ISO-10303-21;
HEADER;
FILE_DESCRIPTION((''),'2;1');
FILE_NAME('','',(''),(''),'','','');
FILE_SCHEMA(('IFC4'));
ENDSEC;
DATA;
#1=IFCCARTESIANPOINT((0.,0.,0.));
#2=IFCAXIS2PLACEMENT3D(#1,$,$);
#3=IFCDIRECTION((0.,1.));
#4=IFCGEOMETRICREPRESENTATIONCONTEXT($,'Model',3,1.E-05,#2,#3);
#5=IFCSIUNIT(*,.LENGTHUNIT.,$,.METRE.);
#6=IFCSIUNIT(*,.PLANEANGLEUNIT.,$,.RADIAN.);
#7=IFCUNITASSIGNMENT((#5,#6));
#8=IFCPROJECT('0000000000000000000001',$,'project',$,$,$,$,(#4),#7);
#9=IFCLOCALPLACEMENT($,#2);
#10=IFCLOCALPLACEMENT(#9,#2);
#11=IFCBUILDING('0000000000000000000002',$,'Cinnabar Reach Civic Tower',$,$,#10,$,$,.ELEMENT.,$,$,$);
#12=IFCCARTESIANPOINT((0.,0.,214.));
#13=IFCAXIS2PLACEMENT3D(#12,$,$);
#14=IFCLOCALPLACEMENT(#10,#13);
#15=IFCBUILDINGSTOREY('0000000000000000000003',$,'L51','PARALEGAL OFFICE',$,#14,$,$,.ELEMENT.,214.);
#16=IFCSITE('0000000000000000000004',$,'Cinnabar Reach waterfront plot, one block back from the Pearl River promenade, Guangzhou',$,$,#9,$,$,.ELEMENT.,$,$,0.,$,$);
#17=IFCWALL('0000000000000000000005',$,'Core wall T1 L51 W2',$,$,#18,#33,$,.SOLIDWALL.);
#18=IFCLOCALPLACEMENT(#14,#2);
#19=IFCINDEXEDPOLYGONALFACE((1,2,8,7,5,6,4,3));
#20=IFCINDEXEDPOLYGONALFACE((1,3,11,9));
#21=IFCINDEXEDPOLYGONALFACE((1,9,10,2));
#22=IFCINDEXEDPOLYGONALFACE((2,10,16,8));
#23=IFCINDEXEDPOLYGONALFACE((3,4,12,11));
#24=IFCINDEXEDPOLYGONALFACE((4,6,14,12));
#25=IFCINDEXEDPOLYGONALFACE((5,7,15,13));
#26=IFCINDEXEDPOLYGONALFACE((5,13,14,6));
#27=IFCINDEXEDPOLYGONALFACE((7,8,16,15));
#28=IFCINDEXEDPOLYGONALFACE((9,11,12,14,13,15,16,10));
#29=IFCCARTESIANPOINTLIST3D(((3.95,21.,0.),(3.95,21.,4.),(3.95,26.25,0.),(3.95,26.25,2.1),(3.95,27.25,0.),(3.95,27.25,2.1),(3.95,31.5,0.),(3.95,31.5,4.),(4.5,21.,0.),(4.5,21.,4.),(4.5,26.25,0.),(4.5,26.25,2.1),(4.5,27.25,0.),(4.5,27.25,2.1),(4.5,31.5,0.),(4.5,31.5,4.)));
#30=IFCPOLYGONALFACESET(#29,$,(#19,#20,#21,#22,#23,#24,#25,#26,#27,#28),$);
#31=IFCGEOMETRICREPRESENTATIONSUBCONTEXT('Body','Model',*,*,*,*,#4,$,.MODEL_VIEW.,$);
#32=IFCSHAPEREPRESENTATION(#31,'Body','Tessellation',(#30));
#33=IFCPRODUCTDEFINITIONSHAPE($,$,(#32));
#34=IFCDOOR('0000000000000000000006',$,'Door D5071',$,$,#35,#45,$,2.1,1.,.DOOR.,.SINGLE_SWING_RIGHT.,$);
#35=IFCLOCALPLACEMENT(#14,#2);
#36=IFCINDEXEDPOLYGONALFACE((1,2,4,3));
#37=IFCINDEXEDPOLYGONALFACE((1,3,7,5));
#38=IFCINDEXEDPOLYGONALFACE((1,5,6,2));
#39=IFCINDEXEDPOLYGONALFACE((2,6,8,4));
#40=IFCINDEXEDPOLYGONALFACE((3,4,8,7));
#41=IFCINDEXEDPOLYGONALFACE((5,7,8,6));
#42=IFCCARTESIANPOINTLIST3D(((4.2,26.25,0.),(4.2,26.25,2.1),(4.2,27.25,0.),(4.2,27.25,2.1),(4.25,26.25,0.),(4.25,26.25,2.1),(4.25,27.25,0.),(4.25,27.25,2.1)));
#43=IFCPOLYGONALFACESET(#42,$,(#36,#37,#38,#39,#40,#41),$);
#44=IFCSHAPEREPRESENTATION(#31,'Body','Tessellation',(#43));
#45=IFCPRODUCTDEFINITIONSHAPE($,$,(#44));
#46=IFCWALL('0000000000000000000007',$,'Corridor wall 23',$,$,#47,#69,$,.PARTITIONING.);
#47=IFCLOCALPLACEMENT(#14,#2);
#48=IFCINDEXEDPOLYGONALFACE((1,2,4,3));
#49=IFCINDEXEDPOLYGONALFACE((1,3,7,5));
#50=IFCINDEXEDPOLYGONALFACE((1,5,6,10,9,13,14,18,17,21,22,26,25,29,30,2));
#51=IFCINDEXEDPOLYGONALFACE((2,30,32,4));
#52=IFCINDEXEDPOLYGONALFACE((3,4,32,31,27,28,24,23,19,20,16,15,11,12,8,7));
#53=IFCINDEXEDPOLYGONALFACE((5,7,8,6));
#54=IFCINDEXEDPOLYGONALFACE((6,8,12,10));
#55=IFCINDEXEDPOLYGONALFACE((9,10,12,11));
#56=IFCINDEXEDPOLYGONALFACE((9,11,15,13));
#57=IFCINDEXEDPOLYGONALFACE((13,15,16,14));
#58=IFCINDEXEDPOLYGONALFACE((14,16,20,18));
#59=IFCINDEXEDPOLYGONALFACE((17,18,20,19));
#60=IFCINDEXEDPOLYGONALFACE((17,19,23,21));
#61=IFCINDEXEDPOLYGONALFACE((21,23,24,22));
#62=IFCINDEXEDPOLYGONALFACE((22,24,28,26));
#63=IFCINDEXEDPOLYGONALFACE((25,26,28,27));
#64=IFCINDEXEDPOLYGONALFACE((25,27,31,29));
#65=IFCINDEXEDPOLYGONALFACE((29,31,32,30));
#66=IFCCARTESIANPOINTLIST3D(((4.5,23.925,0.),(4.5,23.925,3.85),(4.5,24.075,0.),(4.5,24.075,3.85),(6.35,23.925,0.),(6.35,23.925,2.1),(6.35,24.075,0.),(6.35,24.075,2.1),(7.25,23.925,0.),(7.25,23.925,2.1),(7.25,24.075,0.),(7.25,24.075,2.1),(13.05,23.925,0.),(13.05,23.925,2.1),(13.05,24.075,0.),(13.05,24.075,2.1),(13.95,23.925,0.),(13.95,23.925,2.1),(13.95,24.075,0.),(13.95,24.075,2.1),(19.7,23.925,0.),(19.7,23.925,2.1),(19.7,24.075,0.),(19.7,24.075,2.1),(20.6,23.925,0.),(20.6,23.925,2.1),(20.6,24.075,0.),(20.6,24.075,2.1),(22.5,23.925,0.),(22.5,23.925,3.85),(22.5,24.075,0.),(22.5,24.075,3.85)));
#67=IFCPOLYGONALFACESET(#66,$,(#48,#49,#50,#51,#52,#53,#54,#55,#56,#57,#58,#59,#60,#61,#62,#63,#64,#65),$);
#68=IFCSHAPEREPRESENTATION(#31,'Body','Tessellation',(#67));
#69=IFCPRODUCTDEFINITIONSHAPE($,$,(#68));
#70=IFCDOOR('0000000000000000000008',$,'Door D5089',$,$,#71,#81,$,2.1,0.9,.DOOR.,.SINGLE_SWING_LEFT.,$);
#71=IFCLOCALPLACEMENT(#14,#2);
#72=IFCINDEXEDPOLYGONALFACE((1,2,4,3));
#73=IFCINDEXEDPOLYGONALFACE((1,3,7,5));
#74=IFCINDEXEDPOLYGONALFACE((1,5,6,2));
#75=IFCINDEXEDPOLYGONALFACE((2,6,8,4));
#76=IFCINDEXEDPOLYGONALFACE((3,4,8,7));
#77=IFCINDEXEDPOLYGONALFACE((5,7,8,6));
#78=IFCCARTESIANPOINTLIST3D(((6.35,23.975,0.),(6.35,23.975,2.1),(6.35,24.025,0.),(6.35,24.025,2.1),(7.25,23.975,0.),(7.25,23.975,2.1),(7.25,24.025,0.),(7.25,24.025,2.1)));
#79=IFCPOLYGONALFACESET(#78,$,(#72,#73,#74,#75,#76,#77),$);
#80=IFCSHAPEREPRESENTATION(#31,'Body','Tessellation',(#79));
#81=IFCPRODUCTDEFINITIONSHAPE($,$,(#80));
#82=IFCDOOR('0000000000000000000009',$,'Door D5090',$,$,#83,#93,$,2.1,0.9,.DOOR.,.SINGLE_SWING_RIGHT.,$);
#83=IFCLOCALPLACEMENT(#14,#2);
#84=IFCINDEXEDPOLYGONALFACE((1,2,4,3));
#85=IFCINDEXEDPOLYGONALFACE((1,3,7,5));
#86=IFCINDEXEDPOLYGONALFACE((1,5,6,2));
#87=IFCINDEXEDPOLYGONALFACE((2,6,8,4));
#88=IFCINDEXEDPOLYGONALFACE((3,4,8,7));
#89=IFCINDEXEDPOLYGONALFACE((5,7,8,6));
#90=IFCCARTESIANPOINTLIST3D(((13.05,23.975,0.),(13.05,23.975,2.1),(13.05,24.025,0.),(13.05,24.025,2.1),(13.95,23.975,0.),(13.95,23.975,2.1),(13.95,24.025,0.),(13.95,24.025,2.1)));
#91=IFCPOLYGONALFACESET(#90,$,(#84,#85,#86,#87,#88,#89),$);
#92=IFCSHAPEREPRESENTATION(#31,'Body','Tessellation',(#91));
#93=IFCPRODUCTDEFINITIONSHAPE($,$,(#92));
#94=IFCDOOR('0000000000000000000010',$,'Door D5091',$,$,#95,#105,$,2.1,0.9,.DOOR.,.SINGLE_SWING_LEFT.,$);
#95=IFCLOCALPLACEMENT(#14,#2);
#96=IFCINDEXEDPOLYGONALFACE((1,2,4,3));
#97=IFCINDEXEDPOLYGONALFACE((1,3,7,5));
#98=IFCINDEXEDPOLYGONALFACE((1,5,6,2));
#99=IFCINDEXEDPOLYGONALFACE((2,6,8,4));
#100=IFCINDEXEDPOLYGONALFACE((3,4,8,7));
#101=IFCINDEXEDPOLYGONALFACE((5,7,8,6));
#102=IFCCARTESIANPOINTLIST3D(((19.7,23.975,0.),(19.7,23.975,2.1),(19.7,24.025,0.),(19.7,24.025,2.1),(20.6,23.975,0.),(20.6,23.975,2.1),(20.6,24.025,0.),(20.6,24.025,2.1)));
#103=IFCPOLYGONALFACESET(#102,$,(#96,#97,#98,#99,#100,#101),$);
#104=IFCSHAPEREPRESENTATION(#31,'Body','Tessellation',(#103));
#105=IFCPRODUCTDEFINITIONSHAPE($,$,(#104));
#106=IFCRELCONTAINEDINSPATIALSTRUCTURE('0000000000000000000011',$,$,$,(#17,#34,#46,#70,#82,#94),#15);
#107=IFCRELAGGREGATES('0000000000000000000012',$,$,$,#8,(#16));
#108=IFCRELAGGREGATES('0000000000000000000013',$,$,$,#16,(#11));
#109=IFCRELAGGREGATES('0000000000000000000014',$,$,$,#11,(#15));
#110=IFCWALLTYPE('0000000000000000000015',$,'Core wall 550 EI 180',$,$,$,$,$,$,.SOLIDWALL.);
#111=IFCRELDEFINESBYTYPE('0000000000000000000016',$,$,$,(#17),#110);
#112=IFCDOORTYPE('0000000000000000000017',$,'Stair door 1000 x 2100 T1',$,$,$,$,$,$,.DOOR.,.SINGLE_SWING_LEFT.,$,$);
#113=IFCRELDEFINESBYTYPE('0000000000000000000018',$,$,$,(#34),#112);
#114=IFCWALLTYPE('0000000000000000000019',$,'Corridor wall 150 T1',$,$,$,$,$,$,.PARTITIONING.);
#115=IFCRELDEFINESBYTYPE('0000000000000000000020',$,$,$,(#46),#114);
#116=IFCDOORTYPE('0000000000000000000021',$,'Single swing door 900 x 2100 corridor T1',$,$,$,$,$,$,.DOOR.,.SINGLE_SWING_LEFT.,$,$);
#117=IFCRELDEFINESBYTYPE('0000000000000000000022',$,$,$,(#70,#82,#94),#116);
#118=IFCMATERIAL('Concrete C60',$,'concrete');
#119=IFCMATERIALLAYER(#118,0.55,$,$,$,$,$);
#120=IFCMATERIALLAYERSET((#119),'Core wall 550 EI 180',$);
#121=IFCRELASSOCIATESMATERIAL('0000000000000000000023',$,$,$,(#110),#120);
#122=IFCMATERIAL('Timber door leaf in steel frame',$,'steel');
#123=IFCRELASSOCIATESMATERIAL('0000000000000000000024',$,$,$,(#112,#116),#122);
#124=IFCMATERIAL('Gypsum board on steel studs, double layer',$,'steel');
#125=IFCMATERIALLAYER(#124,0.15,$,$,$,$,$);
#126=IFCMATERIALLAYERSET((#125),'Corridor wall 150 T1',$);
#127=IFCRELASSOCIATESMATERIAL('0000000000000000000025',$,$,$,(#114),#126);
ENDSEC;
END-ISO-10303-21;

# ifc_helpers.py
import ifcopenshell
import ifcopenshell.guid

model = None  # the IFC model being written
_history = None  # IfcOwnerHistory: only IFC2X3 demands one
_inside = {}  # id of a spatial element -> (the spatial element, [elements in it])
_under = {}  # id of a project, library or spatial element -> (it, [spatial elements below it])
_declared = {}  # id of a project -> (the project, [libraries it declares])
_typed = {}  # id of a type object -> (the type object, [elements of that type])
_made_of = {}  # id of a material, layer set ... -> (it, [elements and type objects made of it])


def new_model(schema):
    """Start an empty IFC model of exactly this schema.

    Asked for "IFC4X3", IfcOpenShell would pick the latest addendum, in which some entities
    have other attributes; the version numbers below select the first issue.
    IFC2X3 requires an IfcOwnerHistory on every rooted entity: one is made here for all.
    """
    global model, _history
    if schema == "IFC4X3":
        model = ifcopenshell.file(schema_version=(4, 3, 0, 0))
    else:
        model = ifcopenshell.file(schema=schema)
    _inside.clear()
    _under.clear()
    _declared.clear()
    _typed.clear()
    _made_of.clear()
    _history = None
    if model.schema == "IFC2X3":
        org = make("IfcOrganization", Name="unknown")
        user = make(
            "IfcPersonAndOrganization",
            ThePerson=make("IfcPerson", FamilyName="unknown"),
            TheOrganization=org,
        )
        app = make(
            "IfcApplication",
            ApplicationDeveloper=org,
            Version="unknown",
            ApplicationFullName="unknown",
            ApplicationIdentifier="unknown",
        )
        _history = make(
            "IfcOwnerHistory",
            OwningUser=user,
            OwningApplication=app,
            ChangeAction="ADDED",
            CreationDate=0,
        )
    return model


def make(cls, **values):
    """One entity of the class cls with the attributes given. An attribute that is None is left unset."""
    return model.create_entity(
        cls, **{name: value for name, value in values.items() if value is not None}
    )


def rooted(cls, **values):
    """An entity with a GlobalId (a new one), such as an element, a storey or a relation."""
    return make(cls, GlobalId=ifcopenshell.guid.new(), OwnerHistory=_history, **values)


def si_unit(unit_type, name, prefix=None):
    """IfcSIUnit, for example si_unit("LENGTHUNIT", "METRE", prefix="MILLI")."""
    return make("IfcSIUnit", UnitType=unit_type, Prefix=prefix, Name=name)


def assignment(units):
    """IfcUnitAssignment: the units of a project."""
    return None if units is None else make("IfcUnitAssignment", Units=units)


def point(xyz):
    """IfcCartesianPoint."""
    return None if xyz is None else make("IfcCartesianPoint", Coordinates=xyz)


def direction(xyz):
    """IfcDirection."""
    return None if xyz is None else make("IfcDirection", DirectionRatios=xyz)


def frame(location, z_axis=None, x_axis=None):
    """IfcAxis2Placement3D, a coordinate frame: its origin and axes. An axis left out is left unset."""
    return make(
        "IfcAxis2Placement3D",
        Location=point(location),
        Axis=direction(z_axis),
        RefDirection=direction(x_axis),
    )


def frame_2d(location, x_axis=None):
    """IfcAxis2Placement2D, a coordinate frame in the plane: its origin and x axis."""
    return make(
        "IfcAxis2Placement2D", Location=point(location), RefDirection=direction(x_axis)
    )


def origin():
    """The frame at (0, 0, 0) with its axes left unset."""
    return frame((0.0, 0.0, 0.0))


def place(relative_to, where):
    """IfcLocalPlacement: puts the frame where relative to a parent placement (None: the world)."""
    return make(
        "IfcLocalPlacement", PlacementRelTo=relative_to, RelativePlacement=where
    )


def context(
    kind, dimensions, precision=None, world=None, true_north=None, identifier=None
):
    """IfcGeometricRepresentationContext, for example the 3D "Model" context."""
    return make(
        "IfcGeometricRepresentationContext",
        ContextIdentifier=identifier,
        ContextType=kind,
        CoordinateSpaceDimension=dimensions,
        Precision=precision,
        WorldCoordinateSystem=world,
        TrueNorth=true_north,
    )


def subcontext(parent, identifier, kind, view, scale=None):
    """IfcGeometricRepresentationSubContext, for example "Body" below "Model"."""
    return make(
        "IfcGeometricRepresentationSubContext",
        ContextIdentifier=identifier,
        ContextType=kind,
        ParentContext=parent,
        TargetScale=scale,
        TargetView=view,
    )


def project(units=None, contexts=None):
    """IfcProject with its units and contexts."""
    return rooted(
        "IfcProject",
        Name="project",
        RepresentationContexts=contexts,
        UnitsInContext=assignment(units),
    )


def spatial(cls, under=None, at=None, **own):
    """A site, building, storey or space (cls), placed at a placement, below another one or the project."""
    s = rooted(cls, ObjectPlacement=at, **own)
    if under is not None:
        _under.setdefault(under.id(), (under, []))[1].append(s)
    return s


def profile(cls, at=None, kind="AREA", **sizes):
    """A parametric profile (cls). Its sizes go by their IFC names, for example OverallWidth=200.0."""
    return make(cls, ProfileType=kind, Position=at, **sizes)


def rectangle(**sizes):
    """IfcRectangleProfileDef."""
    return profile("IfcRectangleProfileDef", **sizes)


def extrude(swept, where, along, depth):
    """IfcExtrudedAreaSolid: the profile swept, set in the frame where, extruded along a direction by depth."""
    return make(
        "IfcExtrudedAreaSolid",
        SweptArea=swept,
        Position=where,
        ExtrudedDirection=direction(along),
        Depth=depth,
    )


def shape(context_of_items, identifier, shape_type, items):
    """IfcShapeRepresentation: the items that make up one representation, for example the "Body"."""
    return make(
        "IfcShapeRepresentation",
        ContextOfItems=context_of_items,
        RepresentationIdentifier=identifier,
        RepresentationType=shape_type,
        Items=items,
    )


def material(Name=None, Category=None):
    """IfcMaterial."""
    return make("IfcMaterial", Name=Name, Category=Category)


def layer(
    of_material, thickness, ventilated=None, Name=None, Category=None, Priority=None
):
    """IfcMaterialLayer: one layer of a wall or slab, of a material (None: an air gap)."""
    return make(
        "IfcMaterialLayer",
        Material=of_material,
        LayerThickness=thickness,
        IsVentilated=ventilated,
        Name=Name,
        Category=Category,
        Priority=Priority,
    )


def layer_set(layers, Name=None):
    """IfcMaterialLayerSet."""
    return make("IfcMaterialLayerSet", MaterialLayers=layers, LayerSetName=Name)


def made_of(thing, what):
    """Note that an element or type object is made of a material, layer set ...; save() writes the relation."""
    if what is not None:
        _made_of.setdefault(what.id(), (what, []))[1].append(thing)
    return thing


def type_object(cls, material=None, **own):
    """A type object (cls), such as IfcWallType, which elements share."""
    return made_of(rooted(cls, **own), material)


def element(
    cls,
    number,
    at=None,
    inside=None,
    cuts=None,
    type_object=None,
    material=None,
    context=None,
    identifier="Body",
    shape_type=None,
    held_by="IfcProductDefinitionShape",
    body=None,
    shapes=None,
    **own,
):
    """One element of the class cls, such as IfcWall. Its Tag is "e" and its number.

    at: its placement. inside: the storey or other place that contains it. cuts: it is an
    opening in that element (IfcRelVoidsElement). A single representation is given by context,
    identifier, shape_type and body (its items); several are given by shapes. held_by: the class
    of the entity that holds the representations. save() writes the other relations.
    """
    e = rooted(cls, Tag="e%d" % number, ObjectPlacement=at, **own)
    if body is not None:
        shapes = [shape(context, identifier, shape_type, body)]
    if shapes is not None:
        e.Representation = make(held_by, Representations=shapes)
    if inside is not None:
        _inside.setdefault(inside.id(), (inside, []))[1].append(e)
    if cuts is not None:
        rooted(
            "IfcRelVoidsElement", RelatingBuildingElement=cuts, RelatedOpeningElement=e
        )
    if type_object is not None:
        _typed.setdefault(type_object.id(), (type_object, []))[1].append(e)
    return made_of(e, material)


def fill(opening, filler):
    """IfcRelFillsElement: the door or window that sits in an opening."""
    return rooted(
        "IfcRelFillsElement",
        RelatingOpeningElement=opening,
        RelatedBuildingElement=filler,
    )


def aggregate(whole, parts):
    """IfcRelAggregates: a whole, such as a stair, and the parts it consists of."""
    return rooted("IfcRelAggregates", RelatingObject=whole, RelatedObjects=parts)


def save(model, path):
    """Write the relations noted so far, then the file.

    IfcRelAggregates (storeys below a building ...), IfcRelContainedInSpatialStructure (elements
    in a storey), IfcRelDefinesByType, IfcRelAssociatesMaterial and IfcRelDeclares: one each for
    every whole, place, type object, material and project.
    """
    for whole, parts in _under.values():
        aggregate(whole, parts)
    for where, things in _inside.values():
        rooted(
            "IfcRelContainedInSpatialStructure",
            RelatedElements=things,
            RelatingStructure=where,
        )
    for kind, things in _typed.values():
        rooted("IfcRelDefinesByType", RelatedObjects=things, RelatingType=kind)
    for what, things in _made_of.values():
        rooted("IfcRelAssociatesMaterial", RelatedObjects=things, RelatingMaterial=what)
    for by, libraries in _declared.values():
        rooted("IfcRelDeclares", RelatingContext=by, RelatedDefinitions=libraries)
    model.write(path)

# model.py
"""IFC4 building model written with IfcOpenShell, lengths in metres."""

from ifc_helpers import new_model, si_unit, direction, frame, frame_2d, origin, place, context, subcontext, project, spatial, rectangle, extrude, material, layer, layer_set, type_object, element, fill, save


model = new_model("IFC4")

# Units and contexts
model_context = context("Model", 3, precision=1e-05, world=origin(), true_north=direction((0.0, 1.0)))
body_context = subcontext(model_context, "Body", "Model", "MODEL_VIEW")
ifc_project = project(units=[si_unit("LENGTHUNIT", "METRE"), si_unit("PLANEANGLEUNIT", "RADIAN")], contexts=[model_context])

# Site, building, storey
site_placement = place(None, origin())
site = spatial("IfcSite", under=ifc_project, at=site_placement, Name="Cinnabar Reach waterfront plot, one block back from the Pearl River promenade, Guangzhou", CompositionType="ELEMENT", RefElevation=0.0)
building_placement = place(site_placement, origin())
building = spatial("IfcBuilding", under=site, at=building_placement, Name="Cinnabar Reach Civic Tower", CompositionType="ELEMENT")
storey_placement = place(building_placement, frame((0.0, 0.0, 214.0)))
storey = spatial("IfcBuildingStorey", under=building, at=storey_placement, Name="L51", Description="PARALEGAL OFFICE", CompositionType="ELEMENT", Elevation=214.0)

# Shared definitions
ifc_material_1 = material(Name="Concrete C60", Category="concrete")
ifc_layer_1 = layer(ifc_material_1, 0.55)
ifc_layer_set_1 = layer_set([ifc_layer_1], Name="Core wall 550 EI 180")
wall_type_1 = type_object("IfcWallType", Name="Core wall 550 EI 180", PredefinedType="SOLIDWALL", material=ifc_layer_set_1)

# Wall, opening, door
wall_1_placement = place(storey_placement, frame((4.225, 31.5, 0.0), z_axis=(0.0, 0.0, 1.0), x_axis=(0.0, -1.0, 0.0)))
wall_1 = element("IfcWall", 1, at=wall_1_placement, inside=storey, type_object=wall_type_1, Name="Core wall T1 L51 W2", PredefinedType="SOLIDWALL", context=body_context, shape_type="SweptSolid", body=[
    extrude(rectangle(XDim=10.5, YDim=0.55, at=frame_2d((5.25, 0.0))), origin(), (0.0, 0.0, 1.0), 4.0),
])
opening_1_placement = place(wall_1_placement, frame((4.25, 0.0, 0.0)))
opening_1 = element("IfcOpeningElement", 2, at=opening_1_placement, cuts=wall_1, PredefinedType="OPENING", context=body_context, shape_type="SweptSolid", body=[
    extrude(rectangle(XDim=1.0, YDim=2.1, at=frame_2d((0.5, 1.05))), frame((0.0, 0.285, 0.0), z_axis=(0.0, -1.0, 0.0), x_axis=(1.0, 0.0, 0.0)), (0.0, 0.0, 1.0), 0.57),
])
ifc_material_2 = material(Name="Timber door leaf in steel frame", Category="steel")
door_type_1 = type_object("IfcDoorType", Name="Stair door 1000 x 2100 T1", OperationType="SINGLE_SWING_LEFT", PredefinedType="DOOR", material=ifc_material_2)
door_1_placement = place(opening_1_placement, frame((1.0, 0.0, 0.0), z_axis=(0.0, 0.0, 1.0), x_axis=(-1.0, 0.0, 0.0)))
door_1 = element("IfcDoor", 3, at=door_1_placement, inside=storey, type_object=door_type_1, Name="Door D5071", OperationType="SINGLE_SWING_RIGHT", OverallHeight=2.1, OverallWidth=1.0, PredefinedType="DOOR", context=body_context, shape_type="SweptSolid", body=[
    extrude(rectangle(XDim=1.0, YDim=2.1, at=frame_2d((0.5, 1.05))), frame((0.0, 0.025, 0.0), z_axis=(0.0, -1.0, 0.0), x_axis=(1.0, 0.0, 0.0)), (0.0, 0.0, 1.0), 0.05),
])
fill(opening_1, door_1)

# Wall, openings, doors
ifc_material_3 = material(Name="Gypsum board on steel studs, double layer", Category="steel")
ifc_layer_2 = layer(ifc_material_3, 0.15)
ifc_layer_set_2 = layer_set([ifc_layer_2], Name="Corridor wall 150 T1")
wall_type_2 = type_object("IfcWallType", Name="Corridor wall 150 T1", PredefinedType="PARTITIONING", material=ifc_layer_set_2)
wall_2_placement = place(storey_placement, frame((4.5, 24.0, 0.0), z_axis=(0.0, 0.0, 1.0), x_axis=(1.0, 0.0, 0.0)))
wall_2 = element("IfcWall", 4, at=wall_2_placement, inside=storey, type_object=wall_type_2, Name="Corridor wall 23", PredefinedType="PARTITIONING", context=body_context, shape_type="SweptSolid", body=[
    extrude(rectangle(XDim=18.0, YDim=0.15, at=frame_2d((9.0, 0.0))), origin(), (0.0, 0.0, 1.0), 3.85),
])
opening_2_placement = place(wall_2_placement, frame((1.85, 0.0, 0.0)))
opening_2 = element("IfcOpeningElement", 5, at=opening_2_placement, cuts=wall_2, PredefinedType="OPENING", context=body_context, shape_type="SweptSolid", body=[
    extrude(rectangle(XDim=0.9, YDim=2.1, at=frame_2d((0.45, 1.05))), frame((0.0, 0.085, 0.0), z_axis=(0.0, -1.0, 0.0), x_axis=(1.0, 0.0, 0.0)), (0.0, 0.0, 1.0), 0.17),
])
opening_3_placement = place(wall_2_placement, frame((8.55, 0.0, 0.0)))
opening_3 = element("IfcOpeningElement", 6, at=opening_3_placement, cuts=wall_2, PredefinedType="OPENING", context=body_context, shape_type="SweptSolid", body=[
    extrude(rectangle(XDim=0.9, YDim=2.1, at=frame_2d((0.45, 1.05))), frame((0.0, 0.085, 0.0), z_axis=(0.0, -1.0, 0.0), x_axis=(1.0, 0.0, 0.0)), (0.0, 0.0, 1.0), 0.17),
])
opening_4_placement = place(wall_2_placement, frame((15.2, 0.0, 0.0)))
opening_4 = element("IfcOpeningElement", 7, at=opening_4_placement, cuts=wall_2, PredefinedType="OPENING", context=body_context, shape_type="SweptSolid", body=[
    extrude(rectangle(XDim=0.9, YDim=2.1, at=frame_2d((0.45, 1.05))), frame((0.0, 0.085, 0.0), z_axis=(0.0, -1.0, 0.0), x_axis=(1.0, 0.0, 0.0)), (0.0, 0.0, 1.0), 0.17),
])
door_type_2 = type_object("IfcDoorType", Name="Single swing door 900 x 2100 corridor T1", OperationType="SINGLE_SWING_LEFT", PredefinedType="DOOR", material=ifc_material_2)
door_2_placement = place(opening_2_placement, frame((0.9, 0.0, 0.0), z_axis=(0.0, 0.0, 1.0), x_axis=(-1.0, 0.0, 0.0)))
door_2 = element("IfcDoor", 8, at=door_2_placement, inside=storey, type_object=door_type_2, Name="Door D5089", OperationType="SINGLE_SWING_LEFT", OverallHeight=2.1, OverallWidth=0.9, PredefinedType="DOOR", context=body_context, shape_type="SweptSolid", body=[
    extrude(rectangle(XDim=0.9, YDim=2.1, at=frame_2d((0.45, 1.05))), frame((0.0, 0.025, 0.0), z_axis=(0.0, -1.0, 0.0), x_axis=(1.0, 0.0, 0.0)), (0.0, 0.0, 1.0), 0.05),
])
fill(opening_2, door_2)
door_3_placement = place(opening_3_placement, frame((0.9, 0.0, 0.0), z_axis=(0.0, 0.0, 1.0), x_axis=(-1.0, 0.0, 0.0)))
door_3 = element("IfcDoor", 9, at=door_3_placement, inside=storey, type_object=door_type_2, Name="Door D5090", OperationType="SINGLE_SWING_RIGHT", OverallHeight=2.1, OverallWidth=0.9, PredefinedType="DOOR", context=body_context, shape_type="SweptSolid", body=[
    extrude(rectangle(XDim=0.9, YDim=2.1, at=frame_2d((0.45, 1.05))), frame((0.0, 0.025, 0.0), z_axis=(0.0, -1.0, 0.0), x_axis=(1.0, 0.0, 0.0)), (0.0, 0.0, 1.0), 0.05),
])
fill(opening_3, door_3)
door_4_placement = place(opening_4_placement, frame((0.9, 0.0, 0.0), z_axis=(0.0, 0.0, 1.0), x_axis=(-1.0, 0.0, 0.0)))
door_4 = element("IfcDoor", 10, at=door_4_placement, inside=storey, type_object=door_type_2, Name="Door D5091", OperationType="SINGLE_SWING_LEFT", OverallHeight=2.1, OverallWidth=0.9, PredefinedType="DOOR", context=body_context, shape_type="SweptSolid", body=[
    extrude(rectangle(XDim=0.9, YDim=2.1, at=frame_2d((0.45, 1.05))), frame((0.0, 0.025, 0.0), z_axis=(0.0, -1.0, 0.0), x_axis=(1.0, 0.0, 0.0)), (0.0, 0.0, 1.0), 0.05),
])
fill(opening_4, door_4)

save(model, "model.ifc")
